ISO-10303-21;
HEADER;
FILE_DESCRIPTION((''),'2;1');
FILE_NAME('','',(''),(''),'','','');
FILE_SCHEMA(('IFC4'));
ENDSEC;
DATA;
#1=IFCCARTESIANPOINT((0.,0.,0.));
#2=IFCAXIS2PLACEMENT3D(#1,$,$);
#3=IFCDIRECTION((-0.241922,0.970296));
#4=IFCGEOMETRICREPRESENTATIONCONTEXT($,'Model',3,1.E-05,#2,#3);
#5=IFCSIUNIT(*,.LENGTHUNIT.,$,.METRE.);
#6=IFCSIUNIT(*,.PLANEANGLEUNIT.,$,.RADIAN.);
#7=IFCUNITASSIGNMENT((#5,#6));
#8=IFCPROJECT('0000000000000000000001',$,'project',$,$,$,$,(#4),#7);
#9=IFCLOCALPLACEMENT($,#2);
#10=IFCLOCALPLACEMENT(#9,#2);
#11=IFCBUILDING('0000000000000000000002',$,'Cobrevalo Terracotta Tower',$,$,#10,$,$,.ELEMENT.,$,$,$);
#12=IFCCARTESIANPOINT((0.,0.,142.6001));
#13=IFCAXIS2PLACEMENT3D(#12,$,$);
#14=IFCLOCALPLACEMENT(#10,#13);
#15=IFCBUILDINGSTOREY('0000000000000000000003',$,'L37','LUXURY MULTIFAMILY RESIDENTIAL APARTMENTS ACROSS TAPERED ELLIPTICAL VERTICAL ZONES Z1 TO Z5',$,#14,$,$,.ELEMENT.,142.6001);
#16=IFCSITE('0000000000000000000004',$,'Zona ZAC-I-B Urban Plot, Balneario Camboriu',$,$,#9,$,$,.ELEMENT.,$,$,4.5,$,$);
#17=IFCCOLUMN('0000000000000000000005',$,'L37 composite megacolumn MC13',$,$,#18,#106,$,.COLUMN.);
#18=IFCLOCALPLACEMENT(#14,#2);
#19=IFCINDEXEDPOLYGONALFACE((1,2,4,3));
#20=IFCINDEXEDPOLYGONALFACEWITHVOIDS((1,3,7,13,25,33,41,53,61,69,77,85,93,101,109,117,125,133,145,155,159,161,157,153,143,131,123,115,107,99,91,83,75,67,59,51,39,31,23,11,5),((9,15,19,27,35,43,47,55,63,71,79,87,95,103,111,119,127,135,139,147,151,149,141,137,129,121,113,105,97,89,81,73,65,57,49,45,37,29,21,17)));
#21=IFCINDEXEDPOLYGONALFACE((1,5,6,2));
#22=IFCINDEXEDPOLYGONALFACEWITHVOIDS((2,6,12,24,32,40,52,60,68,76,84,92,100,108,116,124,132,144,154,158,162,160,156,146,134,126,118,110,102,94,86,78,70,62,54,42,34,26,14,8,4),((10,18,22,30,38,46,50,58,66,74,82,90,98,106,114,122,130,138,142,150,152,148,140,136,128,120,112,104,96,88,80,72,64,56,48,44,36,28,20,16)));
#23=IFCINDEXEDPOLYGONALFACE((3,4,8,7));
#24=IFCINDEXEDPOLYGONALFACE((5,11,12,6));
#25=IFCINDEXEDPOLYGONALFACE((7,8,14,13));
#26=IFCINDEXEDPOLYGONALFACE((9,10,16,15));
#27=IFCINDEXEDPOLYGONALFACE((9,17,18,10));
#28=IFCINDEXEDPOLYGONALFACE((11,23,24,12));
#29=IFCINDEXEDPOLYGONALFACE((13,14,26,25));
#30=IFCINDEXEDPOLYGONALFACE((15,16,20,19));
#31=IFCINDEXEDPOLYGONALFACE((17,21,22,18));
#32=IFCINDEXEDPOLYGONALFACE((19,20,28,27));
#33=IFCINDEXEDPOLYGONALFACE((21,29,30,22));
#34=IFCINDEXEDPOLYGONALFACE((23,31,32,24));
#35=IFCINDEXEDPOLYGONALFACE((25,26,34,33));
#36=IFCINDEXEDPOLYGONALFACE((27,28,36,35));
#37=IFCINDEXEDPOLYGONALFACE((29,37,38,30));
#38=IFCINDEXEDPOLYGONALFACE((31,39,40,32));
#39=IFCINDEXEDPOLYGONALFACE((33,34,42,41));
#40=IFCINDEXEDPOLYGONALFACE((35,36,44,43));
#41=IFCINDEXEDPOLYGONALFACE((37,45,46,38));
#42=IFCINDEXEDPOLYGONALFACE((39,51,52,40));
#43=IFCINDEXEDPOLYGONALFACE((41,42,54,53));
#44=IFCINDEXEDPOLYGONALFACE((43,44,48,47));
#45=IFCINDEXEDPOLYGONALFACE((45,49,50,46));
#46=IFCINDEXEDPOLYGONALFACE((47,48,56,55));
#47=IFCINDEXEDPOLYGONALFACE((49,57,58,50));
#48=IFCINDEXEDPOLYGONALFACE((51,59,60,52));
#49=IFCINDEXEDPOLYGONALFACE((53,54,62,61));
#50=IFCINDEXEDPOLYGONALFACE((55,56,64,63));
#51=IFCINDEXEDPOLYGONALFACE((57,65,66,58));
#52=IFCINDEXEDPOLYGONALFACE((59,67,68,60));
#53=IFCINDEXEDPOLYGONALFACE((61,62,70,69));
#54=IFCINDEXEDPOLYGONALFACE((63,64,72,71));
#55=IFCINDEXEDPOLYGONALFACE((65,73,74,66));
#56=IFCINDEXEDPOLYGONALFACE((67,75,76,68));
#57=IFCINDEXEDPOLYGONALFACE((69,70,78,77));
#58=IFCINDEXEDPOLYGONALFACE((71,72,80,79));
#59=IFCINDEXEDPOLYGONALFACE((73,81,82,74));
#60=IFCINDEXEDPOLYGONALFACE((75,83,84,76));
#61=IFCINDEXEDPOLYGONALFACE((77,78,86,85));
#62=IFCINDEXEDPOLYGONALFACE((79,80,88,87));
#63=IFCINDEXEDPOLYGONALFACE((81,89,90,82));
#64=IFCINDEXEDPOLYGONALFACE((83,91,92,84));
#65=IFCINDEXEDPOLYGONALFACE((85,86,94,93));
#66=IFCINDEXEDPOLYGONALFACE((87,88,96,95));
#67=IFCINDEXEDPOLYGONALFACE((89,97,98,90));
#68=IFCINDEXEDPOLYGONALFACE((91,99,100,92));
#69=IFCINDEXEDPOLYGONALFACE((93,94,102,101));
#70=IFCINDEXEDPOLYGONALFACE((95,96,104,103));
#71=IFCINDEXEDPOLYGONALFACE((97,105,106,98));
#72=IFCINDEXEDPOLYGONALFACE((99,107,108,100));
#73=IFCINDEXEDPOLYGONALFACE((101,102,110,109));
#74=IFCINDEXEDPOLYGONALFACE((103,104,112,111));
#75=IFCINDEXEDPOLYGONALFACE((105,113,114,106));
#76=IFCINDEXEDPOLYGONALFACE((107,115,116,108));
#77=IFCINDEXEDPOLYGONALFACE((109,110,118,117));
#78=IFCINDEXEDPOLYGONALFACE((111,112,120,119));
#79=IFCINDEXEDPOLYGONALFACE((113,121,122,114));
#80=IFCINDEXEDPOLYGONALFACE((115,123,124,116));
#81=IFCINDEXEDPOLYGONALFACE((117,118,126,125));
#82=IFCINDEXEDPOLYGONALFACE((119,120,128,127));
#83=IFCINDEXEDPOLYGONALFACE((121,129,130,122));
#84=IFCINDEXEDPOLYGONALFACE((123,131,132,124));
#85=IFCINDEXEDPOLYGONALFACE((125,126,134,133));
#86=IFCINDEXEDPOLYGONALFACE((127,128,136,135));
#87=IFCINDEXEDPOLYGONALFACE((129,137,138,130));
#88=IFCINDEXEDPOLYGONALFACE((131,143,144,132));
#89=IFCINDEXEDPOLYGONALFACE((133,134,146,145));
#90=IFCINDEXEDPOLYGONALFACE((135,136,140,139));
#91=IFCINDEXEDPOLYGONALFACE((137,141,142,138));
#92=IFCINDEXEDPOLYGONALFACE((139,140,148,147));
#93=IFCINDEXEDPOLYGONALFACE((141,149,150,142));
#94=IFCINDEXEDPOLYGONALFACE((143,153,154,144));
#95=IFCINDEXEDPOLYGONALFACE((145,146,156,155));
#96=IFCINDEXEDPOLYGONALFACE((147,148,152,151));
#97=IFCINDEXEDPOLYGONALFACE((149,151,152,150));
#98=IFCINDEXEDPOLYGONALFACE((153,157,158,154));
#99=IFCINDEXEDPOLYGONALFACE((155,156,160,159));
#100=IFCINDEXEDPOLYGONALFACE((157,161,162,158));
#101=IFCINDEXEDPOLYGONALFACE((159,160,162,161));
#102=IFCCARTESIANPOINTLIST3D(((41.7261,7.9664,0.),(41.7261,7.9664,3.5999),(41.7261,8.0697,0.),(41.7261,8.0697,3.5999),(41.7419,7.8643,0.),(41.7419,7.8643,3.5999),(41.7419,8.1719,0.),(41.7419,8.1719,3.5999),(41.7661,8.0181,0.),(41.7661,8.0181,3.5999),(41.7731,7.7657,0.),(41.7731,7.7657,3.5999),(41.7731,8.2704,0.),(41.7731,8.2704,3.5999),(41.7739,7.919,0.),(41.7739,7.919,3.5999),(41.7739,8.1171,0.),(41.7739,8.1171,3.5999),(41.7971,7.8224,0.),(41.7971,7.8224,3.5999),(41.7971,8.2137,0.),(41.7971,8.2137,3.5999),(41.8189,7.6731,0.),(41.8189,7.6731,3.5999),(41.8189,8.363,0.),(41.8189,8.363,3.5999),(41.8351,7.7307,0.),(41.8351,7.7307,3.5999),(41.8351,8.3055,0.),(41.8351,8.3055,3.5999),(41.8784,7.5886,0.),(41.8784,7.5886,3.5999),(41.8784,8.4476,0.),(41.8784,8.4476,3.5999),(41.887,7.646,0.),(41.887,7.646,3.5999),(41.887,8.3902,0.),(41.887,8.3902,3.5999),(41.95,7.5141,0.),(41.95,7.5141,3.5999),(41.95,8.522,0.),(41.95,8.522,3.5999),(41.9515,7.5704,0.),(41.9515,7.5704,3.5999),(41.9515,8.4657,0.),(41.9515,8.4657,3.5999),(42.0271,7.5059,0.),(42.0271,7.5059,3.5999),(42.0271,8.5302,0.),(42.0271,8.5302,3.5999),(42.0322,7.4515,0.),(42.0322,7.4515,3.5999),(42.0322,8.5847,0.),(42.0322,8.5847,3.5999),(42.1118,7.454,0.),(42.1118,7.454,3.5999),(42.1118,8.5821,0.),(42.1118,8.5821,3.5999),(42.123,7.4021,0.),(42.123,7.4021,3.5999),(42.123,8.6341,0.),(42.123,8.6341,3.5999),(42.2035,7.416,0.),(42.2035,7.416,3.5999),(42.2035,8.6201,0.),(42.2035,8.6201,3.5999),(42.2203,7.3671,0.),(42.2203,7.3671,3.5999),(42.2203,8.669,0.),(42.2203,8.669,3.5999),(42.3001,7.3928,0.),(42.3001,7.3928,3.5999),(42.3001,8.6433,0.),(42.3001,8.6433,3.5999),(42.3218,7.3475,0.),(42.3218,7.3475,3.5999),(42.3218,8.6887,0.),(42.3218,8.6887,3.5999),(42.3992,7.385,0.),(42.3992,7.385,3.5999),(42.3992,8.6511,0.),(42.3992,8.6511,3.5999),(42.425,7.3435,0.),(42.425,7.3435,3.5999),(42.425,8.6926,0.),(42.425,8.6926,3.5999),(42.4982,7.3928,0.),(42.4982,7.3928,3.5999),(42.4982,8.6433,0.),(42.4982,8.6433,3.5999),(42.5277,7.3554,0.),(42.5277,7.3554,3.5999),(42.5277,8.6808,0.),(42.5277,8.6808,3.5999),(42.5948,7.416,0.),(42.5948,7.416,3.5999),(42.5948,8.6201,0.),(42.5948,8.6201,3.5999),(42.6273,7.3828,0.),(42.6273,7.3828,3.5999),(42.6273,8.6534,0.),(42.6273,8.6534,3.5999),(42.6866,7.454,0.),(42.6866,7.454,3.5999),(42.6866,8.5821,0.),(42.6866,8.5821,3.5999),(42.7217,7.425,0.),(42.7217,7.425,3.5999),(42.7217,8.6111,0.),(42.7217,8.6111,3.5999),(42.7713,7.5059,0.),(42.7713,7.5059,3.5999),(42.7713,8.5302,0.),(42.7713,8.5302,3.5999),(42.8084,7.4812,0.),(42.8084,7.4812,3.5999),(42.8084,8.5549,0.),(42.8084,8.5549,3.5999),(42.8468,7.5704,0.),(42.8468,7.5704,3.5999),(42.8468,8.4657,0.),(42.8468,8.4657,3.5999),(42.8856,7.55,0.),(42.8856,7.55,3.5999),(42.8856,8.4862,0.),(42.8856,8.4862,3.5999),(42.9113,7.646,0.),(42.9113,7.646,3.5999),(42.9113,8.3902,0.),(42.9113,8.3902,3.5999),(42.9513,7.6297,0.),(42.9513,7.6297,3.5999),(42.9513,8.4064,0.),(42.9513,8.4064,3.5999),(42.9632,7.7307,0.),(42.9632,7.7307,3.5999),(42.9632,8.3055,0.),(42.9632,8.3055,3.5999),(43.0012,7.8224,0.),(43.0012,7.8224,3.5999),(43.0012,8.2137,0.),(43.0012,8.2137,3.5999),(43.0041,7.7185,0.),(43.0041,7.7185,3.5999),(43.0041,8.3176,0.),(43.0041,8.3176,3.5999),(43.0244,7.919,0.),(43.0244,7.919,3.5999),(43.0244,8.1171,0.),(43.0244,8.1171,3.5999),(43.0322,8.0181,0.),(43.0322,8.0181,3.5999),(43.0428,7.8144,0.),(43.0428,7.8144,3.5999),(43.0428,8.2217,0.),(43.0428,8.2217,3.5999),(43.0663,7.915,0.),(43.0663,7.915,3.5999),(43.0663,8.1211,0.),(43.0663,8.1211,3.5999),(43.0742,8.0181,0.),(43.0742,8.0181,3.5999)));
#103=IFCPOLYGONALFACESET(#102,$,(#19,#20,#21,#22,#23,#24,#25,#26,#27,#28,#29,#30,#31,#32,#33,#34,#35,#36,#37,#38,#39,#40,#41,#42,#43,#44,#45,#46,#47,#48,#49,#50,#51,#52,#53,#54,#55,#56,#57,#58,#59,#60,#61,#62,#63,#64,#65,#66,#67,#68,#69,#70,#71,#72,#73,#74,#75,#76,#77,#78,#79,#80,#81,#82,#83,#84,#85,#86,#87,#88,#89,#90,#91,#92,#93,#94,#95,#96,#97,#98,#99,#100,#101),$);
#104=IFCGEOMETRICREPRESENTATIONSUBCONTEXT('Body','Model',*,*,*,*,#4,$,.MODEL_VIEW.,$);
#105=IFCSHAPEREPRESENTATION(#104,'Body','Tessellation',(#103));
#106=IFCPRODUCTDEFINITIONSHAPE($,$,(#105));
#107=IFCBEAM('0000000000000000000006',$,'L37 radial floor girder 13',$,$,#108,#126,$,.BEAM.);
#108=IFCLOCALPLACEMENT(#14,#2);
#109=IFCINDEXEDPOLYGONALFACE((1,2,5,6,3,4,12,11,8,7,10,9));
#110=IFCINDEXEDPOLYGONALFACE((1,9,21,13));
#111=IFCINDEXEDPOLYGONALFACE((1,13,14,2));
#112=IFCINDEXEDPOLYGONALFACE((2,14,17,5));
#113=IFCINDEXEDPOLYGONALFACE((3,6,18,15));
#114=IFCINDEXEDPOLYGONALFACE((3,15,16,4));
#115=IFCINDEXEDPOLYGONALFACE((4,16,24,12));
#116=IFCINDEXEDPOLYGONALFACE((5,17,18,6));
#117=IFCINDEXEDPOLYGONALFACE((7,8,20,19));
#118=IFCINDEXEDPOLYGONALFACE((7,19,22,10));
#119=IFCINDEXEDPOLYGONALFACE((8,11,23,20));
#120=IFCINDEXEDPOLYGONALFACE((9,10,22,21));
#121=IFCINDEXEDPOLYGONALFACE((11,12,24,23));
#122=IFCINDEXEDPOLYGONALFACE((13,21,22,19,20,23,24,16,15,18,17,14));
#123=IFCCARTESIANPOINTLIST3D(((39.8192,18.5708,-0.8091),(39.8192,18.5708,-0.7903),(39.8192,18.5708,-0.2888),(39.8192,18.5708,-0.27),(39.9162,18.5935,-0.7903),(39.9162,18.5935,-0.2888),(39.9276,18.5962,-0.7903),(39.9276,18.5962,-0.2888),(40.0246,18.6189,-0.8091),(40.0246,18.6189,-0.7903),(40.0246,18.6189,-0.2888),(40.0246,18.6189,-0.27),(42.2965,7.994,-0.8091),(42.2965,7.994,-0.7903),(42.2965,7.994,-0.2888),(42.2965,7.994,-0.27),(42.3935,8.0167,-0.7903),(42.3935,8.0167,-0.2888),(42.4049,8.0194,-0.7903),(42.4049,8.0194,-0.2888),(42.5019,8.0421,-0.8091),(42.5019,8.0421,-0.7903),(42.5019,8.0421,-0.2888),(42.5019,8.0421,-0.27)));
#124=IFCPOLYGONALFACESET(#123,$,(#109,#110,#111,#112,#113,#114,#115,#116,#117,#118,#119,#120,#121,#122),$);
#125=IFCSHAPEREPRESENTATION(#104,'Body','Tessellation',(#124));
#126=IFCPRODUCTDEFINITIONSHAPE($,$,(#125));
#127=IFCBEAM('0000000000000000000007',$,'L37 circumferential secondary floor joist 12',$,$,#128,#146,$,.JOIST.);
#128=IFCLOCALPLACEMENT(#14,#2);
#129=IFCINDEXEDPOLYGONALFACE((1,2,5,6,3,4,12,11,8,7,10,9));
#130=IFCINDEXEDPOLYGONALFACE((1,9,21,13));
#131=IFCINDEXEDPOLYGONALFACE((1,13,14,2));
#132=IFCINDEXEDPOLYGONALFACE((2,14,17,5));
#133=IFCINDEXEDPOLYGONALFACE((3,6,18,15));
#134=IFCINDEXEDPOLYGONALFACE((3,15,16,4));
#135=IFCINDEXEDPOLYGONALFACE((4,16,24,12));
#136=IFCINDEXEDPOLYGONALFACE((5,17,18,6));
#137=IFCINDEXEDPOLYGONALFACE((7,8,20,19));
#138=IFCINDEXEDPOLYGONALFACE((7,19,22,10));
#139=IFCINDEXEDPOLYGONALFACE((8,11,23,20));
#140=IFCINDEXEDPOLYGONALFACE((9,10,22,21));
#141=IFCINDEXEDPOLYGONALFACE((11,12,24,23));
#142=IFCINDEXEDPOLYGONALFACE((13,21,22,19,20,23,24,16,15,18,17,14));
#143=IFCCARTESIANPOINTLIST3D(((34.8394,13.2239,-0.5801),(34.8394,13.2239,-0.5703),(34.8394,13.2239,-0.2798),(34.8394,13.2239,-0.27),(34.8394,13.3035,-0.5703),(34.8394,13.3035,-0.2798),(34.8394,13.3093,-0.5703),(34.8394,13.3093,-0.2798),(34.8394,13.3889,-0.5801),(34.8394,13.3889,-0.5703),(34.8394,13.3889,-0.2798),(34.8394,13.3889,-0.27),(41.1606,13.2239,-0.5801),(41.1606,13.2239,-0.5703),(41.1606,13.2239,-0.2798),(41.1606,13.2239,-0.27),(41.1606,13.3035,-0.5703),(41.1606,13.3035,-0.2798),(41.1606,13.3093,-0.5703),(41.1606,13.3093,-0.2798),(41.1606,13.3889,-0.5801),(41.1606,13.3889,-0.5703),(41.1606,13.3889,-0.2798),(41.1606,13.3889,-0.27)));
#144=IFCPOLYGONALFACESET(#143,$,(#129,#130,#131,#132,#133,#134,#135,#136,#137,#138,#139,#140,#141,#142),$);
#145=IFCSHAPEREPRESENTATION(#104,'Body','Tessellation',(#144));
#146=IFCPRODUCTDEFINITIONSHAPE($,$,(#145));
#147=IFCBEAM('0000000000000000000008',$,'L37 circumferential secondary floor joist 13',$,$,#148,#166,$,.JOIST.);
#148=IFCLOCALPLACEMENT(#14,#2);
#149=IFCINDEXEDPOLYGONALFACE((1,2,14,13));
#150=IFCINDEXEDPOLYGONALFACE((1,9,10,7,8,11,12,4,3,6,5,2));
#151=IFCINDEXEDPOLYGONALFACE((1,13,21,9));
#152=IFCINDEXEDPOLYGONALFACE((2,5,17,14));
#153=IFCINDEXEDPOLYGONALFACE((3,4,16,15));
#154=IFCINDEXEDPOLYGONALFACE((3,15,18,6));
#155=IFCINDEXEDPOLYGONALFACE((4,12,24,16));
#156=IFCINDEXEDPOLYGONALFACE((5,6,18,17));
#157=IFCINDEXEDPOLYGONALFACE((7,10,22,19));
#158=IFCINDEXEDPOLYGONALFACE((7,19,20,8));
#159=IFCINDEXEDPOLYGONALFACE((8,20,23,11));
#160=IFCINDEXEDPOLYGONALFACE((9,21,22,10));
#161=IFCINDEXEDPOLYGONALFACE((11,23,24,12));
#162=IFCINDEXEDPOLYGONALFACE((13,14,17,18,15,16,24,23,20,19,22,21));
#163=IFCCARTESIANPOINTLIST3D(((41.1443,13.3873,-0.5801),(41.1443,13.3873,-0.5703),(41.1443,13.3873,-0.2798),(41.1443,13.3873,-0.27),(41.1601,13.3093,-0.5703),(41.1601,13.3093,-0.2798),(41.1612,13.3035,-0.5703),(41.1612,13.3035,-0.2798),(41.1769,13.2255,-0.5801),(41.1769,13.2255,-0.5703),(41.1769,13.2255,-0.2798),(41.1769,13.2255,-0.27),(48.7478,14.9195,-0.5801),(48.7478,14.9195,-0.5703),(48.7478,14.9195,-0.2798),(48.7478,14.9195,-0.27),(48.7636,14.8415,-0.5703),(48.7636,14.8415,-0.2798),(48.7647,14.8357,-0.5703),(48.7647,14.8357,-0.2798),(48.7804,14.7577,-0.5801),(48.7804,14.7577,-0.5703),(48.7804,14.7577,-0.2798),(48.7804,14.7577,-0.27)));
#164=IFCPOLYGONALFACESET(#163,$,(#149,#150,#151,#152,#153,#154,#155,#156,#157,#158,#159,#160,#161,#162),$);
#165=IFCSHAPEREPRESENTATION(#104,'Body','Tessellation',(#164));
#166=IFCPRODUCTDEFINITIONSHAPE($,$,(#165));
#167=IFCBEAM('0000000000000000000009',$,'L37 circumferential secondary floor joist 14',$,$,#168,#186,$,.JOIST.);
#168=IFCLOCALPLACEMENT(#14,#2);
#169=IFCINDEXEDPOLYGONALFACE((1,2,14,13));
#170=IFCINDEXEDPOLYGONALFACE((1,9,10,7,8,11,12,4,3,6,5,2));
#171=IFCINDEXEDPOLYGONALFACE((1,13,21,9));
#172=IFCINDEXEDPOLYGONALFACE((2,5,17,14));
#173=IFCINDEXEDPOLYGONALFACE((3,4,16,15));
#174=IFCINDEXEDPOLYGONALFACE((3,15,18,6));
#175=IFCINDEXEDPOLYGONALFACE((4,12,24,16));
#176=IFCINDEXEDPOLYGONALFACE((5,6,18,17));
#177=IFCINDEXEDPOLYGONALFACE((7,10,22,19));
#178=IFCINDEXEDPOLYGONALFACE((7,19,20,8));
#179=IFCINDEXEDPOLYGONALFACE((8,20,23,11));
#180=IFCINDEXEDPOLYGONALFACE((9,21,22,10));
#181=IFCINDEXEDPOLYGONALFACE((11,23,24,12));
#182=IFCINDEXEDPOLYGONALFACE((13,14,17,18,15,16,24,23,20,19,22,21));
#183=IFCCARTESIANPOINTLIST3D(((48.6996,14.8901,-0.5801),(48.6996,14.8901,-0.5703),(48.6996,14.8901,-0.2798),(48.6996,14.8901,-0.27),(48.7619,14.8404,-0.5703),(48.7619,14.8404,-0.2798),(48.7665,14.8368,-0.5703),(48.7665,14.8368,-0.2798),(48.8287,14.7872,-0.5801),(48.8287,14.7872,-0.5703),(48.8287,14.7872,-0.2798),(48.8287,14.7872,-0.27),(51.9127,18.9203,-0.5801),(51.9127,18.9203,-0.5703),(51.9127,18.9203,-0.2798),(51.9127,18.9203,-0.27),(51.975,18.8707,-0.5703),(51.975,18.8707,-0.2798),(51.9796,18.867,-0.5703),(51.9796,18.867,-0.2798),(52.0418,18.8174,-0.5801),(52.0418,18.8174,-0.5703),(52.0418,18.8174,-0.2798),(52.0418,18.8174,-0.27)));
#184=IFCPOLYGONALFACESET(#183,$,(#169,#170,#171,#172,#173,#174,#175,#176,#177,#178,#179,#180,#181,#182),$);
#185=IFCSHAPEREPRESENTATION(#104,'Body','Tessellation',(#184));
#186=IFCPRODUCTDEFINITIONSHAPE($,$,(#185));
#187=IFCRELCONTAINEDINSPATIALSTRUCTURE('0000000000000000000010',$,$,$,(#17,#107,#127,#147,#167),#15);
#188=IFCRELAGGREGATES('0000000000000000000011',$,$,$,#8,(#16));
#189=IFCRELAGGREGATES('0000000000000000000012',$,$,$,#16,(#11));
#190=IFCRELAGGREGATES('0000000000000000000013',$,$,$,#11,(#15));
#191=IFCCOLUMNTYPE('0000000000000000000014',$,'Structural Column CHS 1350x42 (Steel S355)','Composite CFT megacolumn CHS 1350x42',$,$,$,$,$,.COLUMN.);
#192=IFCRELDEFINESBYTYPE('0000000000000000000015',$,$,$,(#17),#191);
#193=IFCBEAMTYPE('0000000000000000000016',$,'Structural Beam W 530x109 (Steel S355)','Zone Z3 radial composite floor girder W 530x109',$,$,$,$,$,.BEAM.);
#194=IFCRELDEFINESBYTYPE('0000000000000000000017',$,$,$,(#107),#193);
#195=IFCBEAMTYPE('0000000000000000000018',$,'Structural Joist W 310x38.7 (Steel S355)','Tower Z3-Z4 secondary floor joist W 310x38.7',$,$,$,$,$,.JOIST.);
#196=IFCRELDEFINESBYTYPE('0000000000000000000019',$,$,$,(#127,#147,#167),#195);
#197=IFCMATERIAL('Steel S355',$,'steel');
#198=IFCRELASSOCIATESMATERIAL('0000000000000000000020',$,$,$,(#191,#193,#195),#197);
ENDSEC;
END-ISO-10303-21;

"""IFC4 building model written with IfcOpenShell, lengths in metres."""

from ifc_helpers import new_model, si_unit, direction, frame, origin, origin_2d, place, context, subcontext, project, spatial, hollow_circle, i_section, extrude, material, material_profile, profile_set, type_object, element, save


model = new_model("IFC4")

# Units and contexts
model_context = context("Model", 3, precision=1e-05, world=origin(), true_north=direction((-0.241922, 0.970296)))
body_context = subcontext(model_context, "Body", "Model", "MODEL_VIEW")
ifc_project = project(units=[si_unit("LENGTHUNIT", "METRE"), si_unit("PLANEANGLEUNIT", "RADIAN")], contexts=[model_context])

# Site, building, storey
site_placement = place(None, origin())
site = spatial("IfcSite", under=ifc_project, at=site_placement, Name="Zona ZAC-I-B Urban Plot, Balneario Camboriu", CompositionType="ELEMENT", RefElevation=4.5)
building_placement = place(site_placement, origin())
building = spatial("IfcBuilding", under=site, at=building_placement, Name="Cobrevalo Terracotta Tower", CompositionType="ELEMENT")
storey_placement = place(building_placement, frame((0.0, 0.0, 142.6001)))
storey = spatial("IfcBuildingStorey", under=building, at=storey_placement, Name="L37", Description="LUXURY MULTIFAMILY RESIDENTIAL APARTMENTS ACROSS TAPERED ELLIPTICAL VERTICAL ZONES Z1 TO Z5", CompositionType="ELEMENT", Elevation=142.6001)

# Column
ifc_material_1 = material(Name="Steel S355", Category="steel")
ifc_material_profile_1 = material_profile(ifc_material_1, hollow_circle(Radius=0.675, WallThickness=0.042, at=origin_2d()), Name="CHS 1350x42")
ifc_profile_set_1 = profile_set([ifc_material_profile_1], Name="Steel S355")
column_type = type_object("IfcColumnType", Name="Structural Column CHS 1350x42 (Steel S355)", Description="Composite CFT megacolumn CHS 1350x42", PredefinedType="COLUMN", material=ifc_profile_set_1)
column_placement = place(storey_placement, frame((42.3992, 8.0181, 0.0), z_axis=(0.0, 0.0, 1.0), x_axis=(1.0, 0.0, 0.0)))
element("IfcColumn", 1, at=column_placement, inside=storey, type_object=column_type, Name="L37 composite megacolumn MC13", PredefinedType="COLUMN", context=body_context, shape_type="SweptSolid", body=[
    extrude(hollow_circle(Radius=0.675, WallThickness=0.042, at=origin_2d()), origin(), (0.0, 0.0, 1.0), 3.5999),
])

# Beams
ifc_material_profile_2 = material_profile(ifc_material_1, i_section(OverallWidth=0.2109, OverallDepth=0.5391, WebThickness=0.0117, FlangeThickness=0.0188, at=origin_2d()), Name="W 530x109")
ifc_profile_set_2 = profile_set([ifc_material_profile_2], Name="Steel S355")
beam_type_1 = type_object("IfcBeamType", Name="Structural Beam W 530x109 (Steel S355)", Description="Zone Z3 radial composite floor girder W 530x109", PredefinedType="BEAM", material=ifc_profile_set_2)
beam_1_placement = place(storey_placement, frame((42.3992, 8.0181, -0.5396), z_axis=(-0.228046, 0.97365, 0.0), x_axis=(-0.97365, -0.228046, 0.0)))
element("IfcBeam", 2, at=beam_1_placement, inside=storey, type_object=beam_type_1, Name="L37 radial floor girder 13", PredefinedType="BEAM", context=body_context, shape_type="SweptSolid", body=[
    extrude(i_section(OverallWidth=0.2109, OverallDepth=0.5391, WebThickness=0.0117, FlangeThickness=0.0188, at=origin_2d()), origin(), (0.0, 0.0, 1.0), 10.863),
])
ifc_material_profile_3 = material_profile(ifc_material_1, i_section(OverallWidth=0.165, OverallDepth=0.3101, WebThickness=0.0059, FlangeThickness=0.0098, at=origin_2d()), Name="W 310x38.7")
ifc_profile_set_3 = profile_set([ifc_material_profile_3], Name="Steel S355")
beam_type_2 = type_object("IfcBeamType", Name="Structural Joist W 310x38.7 (Steel S355)", Description="Tower Z3-Z4 secondary floor joist W 310x38.7", PredefinedType="JOIST", material=ifc_profile_set_3)
beam_2_placement = place(storey_placement, frame((34.8394, 13.3064, -0.425), z_axis=(1.0, 0.0, 0.0), x_axis=(0.0, 1.0, 0.0)))
element("IfcBeam", 3, at=beam_2_placement, inside=storey, type_object=beam_type_2, Name="L37 circumferential secondary floor joist 12", PredefinedType="JOIST", context=body_context, shape_type="SweptSolid", body=[
    extrude(i_section(OverallWidth=0.165, OverallDepth=0.3101, WebThickness=0.0059, FlangeThickness=0.0098, at=origin_2d()), origin(), (0.0, 0.0, 1.0), 6.3213),
])
beam_3_placement = place(storey_placement, frame((41.1606, 13.3064, -0.425), z_axis=(0.980294, 0.197544, 0.0), x_axis=(-0.197544, 0.980294, 0.0)))
element("IfcBeam", 4, at=beam_3_placement, inside=storey, type_object=beam_type_2, Name="L37 circumferential secondary floor joist 13", PredefinedType="JOIST", context=body_context, shape_type="SweptSolid", body=[
    extrude(i_section(OverallWidth=0.165, OverallDepth=0.3101, WebThickness=0.0059, FlangeThickness=0.0098, at=origin_2d()), origin(), (0.0, 0.0, 1.0), 7.7563),
])
beam_4_placement = place(storey_placement, frame((48.7642, 14.8386, -0.425), z_axis=(0.623383, 0.781917, 0.0), x_axis=(-0.781917, 0.623383, 0.0)))
element("IfcBeam", 5, at=beam_4_placement, inside=storey, type_object=beam_type_2, Name="L37 circumferential secondary floor joist 14", PredefinedType="JOIST", context=body_context, shape_type="SweptSolid", body=[
    extrude(i_section(OverallWidth=0.165, OverallDepth=0.3101, WebThickness=0.0059, FlangeThickness=0.0098, at=origin_2d()), origin(), (0.0, 0.0, 1.0), 5.1543),
])

save(model, "model.ifc")
